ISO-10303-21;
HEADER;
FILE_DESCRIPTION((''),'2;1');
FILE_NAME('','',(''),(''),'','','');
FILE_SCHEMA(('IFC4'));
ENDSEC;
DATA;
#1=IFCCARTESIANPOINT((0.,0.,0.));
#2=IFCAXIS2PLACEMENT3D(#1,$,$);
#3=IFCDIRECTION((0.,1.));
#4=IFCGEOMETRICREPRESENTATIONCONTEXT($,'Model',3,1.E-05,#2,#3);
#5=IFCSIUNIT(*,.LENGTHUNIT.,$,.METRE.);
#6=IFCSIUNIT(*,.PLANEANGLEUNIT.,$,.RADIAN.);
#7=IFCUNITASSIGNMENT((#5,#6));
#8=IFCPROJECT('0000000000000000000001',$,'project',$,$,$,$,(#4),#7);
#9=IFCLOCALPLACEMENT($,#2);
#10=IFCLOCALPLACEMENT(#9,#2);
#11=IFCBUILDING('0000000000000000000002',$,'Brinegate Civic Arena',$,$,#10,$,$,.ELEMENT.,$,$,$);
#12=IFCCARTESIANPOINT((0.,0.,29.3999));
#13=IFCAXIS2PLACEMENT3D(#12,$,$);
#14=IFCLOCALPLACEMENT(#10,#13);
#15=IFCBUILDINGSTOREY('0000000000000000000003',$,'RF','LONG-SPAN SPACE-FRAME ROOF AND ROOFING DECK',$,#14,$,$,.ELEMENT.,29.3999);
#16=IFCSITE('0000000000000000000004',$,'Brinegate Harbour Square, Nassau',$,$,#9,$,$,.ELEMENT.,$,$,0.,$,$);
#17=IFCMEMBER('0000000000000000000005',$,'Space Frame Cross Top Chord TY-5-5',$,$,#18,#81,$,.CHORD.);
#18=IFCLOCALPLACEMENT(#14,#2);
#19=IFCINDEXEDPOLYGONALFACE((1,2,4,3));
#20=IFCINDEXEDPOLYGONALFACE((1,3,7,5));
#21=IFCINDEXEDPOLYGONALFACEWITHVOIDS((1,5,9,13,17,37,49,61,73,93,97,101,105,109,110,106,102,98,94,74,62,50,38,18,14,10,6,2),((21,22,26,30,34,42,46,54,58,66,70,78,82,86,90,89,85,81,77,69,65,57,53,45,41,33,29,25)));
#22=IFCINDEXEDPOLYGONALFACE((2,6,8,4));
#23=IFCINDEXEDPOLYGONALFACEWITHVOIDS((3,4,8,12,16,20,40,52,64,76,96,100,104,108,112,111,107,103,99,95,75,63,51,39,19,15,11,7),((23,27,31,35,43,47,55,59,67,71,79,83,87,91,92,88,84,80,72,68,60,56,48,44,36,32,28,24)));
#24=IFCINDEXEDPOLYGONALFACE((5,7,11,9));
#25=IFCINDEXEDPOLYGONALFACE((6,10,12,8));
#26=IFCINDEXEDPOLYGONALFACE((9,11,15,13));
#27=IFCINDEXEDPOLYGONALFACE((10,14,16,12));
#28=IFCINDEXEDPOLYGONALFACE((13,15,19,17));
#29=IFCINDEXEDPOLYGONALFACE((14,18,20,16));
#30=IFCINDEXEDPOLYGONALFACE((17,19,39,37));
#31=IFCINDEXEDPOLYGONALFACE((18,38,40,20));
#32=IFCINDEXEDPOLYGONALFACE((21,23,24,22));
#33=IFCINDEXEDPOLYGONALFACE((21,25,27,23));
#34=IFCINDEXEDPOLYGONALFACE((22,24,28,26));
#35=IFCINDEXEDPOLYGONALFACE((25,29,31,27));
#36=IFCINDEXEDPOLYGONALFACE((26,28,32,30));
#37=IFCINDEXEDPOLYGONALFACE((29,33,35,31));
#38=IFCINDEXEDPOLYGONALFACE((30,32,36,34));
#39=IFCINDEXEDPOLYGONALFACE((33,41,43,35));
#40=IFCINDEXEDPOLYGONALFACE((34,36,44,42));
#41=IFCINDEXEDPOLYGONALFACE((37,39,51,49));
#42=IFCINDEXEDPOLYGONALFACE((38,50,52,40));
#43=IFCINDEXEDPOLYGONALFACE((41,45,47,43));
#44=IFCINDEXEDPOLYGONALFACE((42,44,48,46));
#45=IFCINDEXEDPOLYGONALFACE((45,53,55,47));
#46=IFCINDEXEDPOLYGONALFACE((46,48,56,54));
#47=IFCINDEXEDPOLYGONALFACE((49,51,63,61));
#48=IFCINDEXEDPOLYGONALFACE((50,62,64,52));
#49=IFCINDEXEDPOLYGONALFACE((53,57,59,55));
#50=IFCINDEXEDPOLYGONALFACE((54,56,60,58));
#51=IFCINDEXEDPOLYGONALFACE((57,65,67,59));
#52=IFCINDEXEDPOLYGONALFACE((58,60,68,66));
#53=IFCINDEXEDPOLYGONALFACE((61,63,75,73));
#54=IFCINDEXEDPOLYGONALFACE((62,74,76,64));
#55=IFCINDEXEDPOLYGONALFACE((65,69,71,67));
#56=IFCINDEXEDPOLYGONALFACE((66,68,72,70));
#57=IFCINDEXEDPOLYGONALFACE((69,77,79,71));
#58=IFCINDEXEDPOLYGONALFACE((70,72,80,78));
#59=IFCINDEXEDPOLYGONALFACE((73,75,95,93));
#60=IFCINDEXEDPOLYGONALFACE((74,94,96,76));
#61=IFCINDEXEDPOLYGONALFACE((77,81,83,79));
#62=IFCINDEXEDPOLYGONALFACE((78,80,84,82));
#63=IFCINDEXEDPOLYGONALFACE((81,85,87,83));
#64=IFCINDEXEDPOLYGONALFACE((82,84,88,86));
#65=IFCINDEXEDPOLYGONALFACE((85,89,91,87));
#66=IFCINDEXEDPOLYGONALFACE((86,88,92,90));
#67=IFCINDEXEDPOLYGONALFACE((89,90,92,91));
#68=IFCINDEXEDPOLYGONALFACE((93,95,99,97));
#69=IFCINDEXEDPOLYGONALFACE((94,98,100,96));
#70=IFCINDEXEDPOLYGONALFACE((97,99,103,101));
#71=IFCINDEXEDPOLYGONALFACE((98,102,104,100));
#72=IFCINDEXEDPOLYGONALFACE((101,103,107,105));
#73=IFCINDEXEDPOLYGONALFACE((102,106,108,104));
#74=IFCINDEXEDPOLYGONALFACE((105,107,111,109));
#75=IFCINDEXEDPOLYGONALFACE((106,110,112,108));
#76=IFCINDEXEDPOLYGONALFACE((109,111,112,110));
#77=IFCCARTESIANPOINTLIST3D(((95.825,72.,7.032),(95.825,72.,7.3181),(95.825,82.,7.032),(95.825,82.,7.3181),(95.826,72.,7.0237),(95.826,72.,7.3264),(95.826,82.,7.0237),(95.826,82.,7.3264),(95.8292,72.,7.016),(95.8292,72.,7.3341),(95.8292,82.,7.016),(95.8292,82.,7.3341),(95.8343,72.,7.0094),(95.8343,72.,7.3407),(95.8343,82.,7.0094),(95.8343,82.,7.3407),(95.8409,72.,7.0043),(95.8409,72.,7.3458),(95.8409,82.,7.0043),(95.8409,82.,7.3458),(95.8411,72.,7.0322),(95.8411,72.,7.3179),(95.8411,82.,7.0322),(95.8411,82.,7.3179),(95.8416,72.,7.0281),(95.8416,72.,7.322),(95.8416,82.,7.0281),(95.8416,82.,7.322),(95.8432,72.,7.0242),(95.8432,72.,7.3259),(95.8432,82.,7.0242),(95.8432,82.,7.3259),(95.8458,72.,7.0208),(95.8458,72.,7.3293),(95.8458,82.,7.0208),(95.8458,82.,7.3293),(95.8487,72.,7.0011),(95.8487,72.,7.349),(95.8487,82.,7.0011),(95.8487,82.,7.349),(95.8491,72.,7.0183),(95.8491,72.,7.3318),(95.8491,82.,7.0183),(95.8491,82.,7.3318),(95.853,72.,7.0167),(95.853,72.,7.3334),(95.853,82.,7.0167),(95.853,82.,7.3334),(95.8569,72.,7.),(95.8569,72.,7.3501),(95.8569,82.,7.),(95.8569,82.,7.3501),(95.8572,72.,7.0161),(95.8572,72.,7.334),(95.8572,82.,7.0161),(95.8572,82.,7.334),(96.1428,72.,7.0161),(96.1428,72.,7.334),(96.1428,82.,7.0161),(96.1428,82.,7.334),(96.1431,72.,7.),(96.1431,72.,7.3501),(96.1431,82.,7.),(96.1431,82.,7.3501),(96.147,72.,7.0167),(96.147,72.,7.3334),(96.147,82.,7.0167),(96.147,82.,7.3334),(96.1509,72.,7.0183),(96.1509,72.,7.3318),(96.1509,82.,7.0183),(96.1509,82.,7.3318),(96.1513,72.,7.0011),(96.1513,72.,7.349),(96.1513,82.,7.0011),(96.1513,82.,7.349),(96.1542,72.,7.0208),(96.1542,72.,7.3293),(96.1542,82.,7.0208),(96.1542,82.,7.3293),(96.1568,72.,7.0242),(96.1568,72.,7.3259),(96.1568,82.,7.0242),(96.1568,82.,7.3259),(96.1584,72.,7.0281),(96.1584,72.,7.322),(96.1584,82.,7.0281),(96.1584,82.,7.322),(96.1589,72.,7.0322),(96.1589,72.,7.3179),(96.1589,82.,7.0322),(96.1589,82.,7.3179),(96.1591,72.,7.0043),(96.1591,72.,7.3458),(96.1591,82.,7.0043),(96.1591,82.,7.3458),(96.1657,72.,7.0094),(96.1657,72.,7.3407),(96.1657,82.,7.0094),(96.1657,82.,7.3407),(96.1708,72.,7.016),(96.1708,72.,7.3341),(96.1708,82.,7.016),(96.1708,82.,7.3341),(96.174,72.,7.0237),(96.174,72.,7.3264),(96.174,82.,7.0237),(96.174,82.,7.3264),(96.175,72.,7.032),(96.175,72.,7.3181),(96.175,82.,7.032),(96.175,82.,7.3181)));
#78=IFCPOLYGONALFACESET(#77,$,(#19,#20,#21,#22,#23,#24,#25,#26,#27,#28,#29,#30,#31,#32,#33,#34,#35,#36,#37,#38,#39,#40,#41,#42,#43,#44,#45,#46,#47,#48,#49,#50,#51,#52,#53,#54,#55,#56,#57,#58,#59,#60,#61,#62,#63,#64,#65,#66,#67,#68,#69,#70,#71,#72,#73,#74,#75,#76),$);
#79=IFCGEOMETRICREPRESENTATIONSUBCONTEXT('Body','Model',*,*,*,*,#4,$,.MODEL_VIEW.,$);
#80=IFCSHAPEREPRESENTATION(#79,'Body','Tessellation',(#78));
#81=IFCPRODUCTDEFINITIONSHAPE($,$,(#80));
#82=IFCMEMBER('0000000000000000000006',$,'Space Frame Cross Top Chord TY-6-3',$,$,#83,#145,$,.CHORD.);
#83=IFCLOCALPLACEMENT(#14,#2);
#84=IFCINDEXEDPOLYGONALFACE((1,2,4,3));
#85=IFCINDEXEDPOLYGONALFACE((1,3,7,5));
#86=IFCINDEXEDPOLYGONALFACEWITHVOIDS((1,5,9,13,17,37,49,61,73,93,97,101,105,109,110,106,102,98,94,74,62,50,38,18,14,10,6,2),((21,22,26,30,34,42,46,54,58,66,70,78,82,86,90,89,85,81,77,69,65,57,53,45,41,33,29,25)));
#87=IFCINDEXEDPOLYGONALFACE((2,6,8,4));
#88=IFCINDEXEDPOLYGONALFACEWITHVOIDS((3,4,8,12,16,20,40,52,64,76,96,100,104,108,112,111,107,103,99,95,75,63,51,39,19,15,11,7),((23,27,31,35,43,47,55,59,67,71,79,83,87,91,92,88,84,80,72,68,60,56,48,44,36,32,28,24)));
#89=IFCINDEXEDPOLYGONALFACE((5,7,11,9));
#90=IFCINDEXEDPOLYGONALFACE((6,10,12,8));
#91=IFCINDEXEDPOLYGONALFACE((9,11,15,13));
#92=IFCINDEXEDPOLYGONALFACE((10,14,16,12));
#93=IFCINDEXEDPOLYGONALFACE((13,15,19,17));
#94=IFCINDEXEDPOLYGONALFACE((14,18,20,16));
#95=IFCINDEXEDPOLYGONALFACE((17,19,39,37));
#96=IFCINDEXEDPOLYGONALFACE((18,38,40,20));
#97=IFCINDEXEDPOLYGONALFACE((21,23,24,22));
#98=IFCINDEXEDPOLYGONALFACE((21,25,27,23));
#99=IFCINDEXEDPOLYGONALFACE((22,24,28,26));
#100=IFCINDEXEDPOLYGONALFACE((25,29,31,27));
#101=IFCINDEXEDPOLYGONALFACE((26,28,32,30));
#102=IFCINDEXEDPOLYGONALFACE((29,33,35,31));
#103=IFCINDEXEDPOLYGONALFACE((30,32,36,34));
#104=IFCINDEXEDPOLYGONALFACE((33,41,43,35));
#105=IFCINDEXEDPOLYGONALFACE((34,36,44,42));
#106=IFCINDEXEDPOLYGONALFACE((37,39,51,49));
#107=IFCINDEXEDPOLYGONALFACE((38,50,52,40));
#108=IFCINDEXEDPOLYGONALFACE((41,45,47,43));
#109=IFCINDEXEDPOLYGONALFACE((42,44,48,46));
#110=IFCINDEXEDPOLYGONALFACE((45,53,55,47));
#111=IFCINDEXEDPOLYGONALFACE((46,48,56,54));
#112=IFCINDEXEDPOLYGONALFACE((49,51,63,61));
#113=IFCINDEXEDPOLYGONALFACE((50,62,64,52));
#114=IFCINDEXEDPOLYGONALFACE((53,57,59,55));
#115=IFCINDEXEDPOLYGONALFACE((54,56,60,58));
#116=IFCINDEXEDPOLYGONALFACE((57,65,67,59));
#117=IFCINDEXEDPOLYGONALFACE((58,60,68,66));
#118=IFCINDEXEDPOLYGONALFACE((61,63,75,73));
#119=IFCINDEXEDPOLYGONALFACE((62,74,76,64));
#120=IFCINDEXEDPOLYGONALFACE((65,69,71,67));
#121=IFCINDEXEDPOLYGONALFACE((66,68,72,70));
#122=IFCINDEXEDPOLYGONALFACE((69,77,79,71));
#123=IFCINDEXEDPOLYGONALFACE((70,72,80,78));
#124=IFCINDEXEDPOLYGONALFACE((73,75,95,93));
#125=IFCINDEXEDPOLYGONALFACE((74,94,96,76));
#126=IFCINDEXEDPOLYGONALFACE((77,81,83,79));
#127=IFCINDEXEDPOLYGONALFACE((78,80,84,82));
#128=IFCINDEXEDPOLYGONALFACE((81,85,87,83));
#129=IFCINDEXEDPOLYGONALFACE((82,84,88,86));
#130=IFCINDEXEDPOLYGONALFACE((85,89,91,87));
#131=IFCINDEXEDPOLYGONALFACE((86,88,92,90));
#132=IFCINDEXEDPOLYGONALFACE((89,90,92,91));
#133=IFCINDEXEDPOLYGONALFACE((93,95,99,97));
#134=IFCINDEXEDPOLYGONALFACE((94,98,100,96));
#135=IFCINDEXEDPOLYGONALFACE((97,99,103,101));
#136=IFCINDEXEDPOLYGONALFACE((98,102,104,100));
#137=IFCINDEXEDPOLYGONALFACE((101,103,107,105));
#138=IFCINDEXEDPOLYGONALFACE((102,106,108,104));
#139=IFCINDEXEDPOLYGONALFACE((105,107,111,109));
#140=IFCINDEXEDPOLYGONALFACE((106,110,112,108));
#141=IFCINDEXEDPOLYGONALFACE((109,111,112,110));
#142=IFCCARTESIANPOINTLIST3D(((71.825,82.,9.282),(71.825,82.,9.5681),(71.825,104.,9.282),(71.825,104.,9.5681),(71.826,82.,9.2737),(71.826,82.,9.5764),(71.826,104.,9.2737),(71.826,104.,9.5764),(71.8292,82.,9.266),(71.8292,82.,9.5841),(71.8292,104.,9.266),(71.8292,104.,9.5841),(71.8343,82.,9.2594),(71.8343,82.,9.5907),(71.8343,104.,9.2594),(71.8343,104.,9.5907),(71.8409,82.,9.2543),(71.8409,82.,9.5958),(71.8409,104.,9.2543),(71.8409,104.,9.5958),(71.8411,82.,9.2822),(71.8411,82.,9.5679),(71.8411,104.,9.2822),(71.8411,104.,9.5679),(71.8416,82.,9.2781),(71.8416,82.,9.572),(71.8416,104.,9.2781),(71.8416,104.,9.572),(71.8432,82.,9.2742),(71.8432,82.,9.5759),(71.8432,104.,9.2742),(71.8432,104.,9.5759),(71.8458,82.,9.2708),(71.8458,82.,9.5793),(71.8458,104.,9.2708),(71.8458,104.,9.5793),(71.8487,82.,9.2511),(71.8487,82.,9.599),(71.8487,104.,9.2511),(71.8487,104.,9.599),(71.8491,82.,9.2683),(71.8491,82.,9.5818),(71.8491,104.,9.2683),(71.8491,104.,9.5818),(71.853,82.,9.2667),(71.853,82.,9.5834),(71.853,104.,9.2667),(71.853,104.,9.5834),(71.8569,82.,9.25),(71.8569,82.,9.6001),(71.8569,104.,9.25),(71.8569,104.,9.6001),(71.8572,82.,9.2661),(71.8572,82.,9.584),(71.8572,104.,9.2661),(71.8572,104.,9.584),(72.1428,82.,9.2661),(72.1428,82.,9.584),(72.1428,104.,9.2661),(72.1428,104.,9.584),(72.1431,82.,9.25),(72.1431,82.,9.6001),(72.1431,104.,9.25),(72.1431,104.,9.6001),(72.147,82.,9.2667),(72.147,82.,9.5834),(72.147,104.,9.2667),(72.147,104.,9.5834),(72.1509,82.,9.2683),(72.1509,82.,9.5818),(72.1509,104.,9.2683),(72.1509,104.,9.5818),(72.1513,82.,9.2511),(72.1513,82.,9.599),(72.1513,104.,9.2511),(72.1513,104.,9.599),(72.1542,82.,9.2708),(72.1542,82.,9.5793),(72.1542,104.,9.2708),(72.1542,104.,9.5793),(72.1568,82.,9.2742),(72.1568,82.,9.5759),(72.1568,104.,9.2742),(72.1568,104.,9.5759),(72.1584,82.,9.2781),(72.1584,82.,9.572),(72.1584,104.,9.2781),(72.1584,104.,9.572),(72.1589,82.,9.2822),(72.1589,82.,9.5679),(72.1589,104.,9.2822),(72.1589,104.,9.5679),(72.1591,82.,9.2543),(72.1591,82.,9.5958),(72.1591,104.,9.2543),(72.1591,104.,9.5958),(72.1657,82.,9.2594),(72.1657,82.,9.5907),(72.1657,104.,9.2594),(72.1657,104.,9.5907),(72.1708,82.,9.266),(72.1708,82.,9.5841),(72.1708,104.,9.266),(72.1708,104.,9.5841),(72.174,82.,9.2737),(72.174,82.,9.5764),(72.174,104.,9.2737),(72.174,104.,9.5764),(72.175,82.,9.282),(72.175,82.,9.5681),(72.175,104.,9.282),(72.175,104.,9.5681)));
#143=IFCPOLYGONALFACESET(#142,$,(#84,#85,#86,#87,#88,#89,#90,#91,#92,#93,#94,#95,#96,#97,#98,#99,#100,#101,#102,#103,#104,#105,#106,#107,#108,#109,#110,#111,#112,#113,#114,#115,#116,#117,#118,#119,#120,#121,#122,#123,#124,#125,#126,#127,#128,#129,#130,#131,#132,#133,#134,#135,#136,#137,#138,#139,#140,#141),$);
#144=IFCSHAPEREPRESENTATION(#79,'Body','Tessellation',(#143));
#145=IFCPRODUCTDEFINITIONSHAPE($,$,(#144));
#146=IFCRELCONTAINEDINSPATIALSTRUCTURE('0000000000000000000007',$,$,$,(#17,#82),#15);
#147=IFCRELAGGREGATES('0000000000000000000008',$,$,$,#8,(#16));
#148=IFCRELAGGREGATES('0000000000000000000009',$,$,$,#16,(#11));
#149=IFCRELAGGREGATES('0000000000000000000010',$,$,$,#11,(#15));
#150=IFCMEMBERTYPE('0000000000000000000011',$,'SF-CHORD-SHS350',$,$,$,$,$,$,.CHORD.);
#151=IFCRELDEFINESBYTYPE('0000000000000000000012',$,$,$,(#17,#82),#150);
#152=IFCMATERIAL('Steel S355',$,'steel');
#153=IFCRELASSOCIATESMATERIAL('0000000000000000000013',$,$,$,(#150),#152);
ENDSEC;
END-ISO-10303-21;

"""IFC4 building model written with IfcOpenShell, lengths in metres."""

from ifc_helpers import new_model, si_unit, direction, frame, origin, origin_2d, place, context, subcontext, project, spatial, hollow_rectangle, extrude, material, material_profile, profile_set, type_object, element, save


model = new_model("IFC4")

# Units and contexts
model_context = context("Model", 3, precision=1e-05, world=origin(), true_north=direction((0.0, 1.0)))
body_context = subcontext(model_context, "Body", "Model", "MODEL_VIEW")
ifc_project = project(units=[si_unit("LENGTHUNIT", "METRE"), si_unit("PLANEANGLEUNIT", "RADIAN")], contexts=[model_context])

# Site, building, storey
site_placement = place(None, origin())
site = spatial("IfcSite", under=ifc_project, at=site_placement, Name="Brinegate Harbour Square, Nassau", CompositionType="ELEMENT", RefElevation=0.0)
building_placement = place(site_placement, origin())
building = spatial("IfcBuilding", under=site, at=building_placement, Name="Brinegate Civic Arena", CompositionType="ELEMENT")
storey_placement = place(building_placement, frame((0.0, 0.0, 29.3999)))
storey = spatial("IfcBuildingStorey", under=building, at=storey_placement, Name="RF", Description="LONG-SPAN SPACE-FRAME ROOF AND ROOFING DECK", CompositionType="ELEMENT", Elevation=29.3999)

# Members
ifc_material = material(Name="Steel S355", Category="steel")
ifc_material_profile_1 = material_profile(ifc_material, hollow_rectangle(XDim=0.3501, YDim=0.3501, WallThickness=0.0161, InnerFilletRadius=0.0161, OuterFilletRadius=0.032, at=origin_2d()), Name="SHS350X16")
ifc_profile_set_1 = profile_set([ifc_material_profile_1], Name="Steel S355")
member_type_1 = type_object("IfcMemberType", Name="SF-CHORD-SHS350", PredefinedType="CHORD", material=ifc_profile_set_1)
for number, where, z_axis, x_axis, name in (
    (1, (96.0, 72.0, 7.175), (0.0, 1.0, 0.0), (-1.0, 0.0, 0.0), "Space Frame Cross Top Chord TY-5-5"),
):
    element("IfcMember", number, at=place(storey_placement, frame(where, z_axis=z_axis, x_axis=x_axis)), inside=storey, type_object=member_type_1, Name=name, PredefinedType="CHORD", context=body_context, shape_type="SweptSolid", body=[
        extrude(hollow_rectangle(XDim=0.3501, YDim=0.3501, WallThickness=0.0161, InnerFilletRadius=0.0161, OuterFilletRadius=0.032, at=origin_2d()), origin(), (0.0, 0.0, 1.0), 10.0),
    ])
member_1_placement = place(storey_placement, frame((72.0, 82.0, 9.425), z_axis=(0.0, 1.0, 0.0), x_axis=(-1.0, 0.0, 0.0)))
element("IfcMember", 2, at=member_1_placement, inside=storey, type_object=member_type_1, Name="Space Frame Cross Top Chord TY-6-3", PredefinedType="CHORD", context=body_context, shape_type="SweptSolid", body=[
    extrude(hollow_rectangle(XDim=0.3501, YDim=0.3501, WallThickness=0.0161, InnerFilletRadius=0.0161, OuterFilletRadius=0.032, at=origin_2d()), origin(), (0.0, 0.0, 1.0), 22.0),
])

save(model, "model.ifc")
